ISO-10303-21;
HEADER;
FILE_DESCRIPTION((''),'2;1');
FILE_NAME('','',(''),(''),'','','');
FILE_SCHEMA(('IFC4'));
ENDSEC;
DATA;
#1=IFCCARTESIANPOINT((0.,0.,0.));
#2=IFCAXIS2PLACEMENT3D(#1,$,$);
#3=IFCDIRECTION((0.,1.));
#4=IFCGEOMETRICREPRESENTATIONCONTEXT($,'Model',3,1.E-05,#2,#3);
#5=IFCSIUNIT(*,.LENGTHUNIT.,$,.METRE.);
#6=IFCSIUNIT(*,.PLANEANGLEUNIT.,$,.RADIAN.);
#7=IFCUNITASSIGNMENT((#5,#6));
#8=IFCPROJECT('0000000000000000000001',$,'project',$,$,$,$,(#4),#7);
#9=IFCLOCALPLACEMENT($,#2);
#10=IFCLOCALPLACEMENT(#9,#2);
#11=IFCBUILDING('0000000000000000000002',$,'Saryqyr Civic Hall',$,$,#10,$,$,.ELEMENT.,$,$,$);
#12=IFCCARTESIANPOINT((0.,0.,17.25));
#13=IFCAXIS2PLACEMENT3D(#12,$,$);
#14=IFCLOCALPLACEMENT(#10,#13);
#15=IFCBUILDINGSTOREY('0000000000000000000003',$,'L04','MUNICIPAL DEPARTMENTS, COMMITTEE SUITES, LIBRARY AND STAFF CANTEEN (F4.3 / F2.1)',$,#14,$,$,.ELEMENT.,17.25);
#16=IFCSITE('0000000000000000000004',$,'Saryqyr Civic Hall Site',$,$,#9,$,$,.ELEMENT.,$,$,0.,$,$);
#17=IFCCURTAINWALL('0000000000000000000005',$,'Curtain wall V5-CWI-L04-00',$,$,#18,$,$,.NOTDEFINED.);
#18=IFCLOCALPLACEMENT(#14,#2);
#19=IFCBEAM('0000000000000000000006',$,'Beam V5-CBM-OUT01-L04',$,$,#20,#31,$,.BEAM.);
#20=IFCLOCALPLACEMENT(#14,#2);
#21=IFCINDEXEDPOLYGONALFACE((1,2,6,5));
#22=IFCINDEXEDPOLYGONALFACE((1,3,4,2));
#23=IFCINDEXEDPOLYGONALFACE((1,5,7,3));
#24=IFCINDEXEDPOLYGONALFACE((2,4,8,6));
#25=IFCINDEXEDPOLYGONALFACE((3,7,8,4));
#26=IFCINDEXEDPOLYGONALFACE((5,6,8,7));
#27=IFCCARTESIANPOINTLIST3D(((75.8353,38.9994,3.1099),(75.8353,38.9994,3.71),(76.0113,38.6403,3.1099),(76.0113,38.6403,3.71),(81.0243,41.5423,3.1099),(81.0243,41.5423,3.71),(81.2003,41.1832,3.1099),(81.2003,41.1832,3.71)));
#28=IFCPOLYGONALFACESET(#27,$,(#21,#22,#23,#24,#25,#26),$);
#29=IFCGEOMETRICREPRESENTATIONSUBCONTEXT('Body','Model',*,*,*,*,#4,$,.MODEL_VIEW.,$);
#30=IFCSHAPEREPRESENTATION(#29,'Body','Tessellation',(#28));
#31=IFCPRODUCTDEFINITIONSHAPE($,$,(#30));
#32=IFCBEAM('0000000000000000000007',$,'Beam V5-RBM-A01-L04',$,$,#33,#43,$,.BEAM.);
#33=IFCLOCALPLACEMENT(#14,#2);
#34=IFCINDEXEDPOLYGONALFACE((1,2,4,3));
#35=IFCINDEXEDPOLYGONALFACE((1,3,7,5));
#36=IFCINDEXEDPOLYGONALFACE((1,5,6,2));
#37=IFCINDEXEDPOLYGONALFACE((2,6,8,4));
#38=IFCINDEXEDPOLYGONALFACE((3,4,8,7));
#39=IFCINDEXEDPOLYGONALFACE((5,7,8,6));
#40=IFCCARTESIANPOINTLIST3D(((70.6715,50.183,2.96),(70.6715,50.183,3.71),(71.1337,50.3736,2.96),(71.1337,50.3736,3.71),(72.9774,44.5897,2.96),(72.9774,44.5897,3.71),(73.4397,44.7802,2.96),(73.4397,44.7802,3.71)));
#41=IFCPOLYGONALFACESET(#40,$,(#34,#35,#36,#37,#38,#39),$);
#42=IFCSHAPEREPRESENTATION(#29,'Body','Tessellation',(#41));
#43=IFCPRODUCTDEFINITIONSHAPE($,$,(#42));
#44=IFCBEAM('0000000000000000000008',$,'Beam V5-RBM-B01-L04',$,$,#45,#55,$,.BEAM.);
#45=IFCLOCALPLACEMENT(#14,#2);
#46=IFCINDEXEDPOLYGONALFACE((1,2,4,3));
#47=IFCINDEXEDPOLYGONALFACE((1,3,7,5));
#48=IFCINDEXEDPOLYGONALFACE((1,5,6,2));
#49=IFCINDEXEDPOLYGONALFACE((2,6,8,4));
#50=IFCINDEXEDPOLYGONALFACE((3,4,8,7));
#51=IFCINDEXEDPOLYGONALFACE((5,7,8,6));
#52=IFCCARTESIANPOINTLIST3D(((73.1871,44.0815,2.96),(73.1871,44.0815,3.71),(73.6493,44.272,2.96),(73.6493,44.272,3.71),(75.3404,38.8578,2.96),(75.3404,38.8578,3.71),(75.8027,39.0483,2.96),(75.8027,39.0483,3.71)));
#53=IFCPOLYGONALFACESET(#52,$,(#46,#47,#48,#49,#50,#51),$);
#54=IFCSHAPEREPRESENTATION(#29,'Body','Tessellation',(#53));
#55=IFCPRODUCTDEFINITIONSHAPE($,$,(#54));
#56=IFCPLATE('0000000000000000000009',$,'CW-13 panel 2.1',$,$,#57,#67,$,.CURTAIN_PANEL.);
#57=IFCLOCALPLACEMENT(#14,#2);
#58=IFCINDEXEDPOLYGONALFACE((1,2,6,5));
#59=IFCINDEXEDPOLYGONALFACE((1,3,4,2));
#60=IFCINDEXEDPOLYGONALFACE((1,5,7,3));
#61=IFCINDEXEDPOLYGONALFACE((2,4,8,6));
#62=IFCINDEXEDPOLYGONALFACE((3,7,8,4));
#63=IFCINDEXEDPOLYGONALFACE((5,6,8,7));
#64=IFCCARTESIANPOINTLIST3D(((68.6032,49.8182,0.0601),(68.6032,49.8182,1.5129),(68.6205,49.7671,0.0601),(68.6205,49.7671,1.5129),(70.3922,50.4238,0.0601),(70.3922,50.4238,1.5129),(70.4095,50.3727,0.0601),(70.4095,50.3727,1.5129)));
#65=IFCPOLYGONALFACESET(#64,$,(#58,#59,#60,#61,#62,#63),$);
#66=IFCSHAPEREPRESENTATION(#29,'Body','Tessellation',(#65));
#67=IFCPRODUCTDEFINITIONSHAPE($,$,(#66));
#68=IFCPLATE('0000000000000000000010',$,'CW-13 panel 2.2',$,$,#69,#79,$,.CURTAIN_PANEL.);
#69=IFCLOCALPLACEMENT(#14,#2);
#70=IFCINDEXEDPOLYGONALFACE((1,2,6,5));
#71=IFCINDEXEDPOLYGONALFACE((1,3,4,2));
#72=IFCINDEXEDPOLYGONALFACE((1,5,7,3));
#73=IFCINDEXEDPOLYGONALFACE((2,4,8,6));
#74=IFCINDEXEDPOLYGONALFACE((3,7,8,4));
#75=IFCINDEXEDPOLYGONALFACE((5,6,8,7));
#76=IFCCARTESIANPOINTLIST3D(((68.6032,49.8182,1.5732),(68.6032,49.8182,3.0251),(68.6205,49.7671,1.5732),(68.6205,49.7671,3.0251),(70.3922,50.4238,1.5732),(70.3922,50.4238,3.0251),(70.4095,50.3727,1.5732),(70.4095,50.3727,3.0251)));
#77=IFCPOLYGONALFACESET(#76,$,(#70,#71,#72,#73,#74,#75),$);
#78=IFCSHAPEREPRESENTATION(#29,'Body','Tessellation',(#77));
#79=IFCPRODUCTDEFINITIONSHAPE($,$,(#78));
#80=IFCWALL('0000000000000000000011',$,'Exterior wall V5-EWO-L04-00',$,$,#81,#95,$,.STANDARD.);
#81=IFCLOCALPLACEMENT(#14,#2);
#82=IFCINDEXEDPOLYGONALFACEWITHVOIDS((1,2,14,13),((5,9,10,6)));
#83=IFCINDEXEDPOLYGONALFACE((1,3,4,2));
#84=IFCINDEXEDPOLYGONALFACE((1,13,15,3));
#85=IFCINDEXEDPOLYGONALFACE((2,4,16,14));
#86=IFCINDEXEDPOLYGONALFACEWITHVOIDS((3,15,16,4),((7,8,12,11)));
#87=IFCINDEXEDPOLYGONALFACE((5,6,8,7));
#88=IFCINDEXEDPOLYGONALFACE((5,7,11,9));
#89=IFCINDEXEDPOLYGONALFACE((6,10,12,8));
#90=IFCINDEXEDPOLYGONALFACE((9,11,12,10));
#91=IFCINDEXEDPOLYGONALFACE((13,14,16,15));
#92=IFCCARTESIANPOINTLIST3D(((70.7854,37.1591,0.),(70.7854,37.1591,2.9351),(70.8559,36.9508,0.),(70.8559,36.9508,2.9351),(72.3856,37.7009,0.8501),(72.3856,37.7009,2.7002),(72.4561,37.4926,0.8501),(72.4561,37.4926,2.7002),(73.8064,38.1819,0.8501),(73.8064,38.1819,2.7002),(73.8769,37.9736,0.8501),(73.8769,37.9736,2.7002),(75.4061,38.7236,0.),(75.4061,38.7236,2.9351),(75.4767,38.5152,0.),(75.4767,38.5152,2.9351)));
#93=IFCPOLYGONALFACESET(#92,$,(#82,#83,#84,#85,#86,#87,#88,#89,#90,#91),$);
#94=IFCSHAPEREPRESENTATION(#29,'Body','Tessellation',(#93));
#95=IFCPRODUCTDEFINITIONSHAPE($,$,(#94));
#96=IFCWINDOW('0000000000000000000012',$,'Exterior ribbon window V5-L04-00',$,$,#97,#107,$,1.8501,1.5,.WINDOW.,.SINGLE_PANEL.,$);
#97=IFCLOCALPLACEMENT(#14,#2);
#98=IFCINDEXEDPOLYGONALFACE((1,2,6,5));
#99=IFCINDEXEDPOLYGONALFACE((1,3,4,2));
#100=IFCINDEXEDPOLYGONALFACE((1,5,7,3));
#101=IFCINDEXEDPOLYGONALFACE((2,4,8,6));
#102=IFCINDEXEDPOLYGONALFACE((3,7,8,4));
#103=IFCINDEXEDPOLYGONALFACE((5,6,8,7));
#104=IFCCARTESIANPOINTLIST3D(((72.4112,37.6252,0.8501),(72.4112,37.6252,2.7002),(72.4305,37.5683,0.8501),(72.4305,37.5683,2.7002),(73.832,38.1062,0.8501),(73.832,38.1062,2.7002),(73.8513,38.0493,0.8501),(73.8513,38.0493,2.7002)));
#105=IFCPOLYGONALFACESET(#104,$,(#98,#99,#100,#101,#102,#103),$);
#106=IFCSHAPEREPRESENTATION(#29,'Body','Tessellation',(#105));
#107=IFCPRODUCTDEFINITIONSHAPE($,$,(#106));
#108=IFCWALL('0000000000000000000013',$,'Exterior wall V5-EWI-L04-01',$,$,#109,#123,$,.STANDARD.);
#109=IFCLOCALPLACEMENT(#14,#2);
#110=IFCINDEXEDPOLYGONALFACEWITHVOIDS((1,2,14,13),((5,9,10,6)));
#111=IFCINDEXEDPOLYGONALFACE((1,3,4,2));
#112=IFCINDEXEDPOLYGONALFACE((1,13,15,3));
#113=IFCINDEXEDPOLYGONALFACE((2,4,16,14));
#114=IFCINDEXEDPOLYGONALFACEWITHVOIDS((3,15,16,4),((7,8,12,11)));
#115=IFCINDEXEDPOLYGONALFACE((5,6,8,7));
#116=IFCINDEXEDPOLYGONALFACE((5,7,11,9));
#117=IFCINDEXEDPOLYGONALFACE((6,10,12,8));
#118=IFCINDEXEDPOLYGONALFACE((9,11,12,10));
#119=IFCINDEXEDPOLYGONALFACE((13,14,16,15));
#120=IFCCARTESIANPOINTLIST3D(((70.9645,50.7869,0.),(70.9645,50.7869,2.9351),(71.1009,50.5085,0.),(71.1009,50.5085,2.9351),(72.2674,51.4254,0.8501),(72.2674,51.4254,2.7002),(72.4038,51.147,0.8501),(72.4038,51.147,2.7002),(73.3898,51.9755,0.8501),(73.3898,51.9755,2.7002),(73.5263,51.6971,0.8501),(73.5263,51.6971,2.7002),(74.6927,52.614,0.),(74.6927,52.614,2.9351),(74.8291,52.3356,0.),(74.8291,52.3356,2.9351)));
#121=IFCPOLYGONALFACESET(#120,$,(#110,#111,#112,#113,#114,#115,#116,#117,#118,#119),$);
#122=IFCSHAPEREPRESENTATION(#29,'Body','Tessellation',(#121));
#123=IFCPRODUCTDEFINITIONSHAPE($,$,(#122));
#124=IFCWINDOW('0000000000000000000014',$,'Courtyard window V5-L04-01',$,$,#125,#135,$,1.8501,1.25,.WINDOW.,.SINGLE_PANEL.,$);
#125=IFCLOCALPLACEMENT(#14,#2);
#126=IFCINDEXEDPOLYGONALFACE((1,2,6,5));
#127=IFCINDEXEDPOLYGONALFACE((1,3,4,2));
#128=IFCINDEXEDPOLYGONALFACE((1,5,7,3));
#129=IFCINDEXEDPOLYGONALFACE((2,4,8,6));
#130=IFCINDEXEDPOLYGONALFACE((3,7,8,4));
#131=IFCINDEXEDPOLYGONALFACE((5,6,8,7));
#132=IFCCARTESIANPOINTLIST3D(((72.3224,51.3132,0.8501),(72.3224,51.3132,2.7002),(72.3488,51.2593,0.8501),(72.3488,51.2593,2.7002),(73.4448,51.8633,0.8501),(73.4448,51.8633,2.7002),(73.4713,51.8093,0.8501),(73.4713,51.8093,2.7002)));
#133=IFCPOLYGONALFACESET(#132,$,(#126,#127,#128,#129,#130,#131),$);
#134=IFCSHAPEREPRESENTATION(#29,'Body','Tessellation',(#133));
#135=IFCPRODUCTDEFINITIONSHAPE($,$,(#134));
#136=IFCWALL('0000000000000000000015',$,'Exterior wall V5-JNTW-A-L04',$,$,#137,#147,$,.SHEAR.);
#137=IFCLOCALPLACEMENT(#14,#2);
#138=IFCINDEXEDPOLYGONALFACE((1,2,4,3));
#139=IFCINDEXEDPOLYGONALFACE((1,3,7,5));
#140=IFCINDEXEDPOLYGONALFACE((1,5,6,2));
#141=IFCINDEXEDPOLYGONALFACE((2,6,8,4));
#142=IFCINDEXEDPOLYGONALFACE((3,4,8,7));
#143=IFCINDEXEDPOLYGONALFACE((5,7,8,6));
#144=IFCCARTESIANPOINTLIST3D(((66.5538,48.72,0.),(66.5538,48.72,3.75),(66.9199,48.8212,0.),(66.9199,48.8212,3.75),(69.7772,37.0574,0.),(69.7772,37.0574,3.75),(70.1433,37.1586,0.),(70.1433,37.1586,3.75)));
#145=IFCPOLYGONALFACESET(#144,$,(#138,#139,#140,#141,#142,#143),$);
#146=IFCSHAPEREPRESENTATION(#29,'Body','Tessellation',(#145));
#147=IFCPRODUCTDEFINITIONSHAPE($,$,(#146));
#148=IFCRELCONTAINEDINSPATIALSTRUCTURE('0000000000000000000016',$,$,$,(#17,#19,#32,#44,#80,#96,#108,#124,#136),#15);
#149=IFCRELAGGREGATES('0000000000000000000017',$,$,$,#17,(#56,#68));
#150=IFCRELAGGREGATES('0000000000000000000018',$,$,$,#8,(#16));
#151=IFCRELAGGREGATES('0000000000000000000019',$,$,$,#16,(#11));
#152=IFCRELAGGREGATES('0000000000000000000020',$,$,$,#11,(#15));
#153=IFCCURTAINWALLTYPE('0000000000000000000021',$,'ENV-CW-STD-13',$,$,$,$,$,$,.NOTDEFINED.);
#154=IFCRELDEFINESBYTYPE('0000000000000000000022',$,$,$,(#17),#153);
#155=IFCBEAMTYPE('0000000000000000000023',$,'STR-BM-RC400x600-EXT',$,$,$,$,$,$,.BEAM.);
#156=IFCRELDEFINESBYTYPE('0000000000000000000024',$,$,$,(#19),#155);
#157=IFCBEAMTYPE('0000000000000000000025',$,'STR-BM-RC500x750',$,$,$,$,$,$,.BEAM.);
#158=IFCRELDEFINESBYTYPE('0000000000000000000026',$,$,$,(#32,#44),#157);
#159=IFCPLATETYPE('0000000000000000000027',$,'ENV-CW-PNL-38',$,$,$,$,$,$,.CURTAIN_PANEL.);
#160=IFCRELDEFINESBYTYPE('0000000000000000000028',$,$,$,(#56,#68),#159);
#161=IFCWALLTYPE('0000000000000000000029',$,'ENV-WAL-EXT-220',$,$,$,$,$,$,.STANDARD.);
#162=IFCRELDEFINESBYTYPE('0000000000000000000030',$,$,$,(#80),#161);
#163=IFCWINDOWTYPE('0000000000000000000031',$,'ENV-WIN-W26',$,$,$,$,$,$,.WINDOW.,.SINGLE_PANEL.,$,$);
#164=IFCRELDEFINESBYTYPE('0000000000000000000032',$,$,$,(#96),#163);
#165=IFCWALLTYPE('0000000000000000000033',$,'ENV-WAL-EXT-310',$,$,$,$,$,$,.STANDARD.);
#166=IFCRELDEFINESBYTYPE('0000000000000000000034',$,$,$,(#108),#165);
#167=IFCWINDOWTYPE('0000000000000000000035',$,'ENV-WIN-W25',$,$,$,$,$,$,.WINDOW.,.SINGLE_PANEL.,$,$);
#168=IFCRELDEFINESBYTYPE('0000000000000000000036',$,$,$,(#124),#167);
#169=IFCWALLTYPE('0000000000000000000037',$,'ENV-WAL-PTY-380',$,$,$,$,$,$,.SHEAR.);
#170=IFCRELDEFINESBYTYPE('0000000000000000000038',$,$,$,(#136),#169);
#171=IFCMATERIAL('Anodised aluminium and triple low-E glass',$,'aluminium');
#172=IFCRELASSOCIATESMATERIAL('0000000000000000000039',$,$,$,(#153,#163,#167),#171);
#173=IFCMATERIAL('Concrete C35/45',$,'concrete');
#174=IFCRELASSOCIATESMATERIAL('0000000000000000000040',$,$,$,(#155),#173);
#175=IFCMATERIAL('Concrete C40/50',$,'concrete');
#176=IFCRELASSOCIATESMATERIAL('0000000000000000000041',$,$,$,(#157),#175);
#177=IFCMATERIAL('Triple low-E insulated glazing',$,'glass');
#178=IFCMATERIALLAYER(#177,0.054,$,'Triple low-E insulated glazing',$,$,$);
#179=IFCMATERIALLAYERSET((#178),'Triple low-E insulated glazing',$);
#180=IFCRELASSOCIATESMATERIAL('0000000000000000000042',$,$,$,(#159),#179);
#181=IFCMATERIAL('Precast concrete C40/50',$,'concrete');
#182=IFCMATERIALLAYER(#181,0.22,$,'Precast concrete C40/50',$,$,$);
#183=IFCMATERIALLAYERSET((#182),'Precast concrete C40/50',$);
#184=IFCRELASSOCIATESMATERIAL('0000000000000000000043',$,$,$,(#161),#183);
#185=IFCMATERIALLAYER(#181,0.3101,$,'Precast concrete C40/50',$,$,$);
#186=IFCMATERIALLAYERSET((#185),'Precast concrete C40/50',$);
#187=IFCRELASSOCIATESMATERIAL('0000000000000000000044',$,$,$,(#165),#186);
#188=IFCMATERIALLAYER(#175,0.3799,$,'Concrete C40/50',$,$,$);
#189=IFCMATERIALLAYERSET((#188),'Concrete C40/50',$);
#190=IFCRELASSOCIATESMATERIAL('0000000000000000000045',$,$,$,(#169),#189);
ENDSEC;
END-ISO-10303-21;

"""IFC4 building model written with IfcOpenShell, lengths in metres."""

from ifc_helpers import new_model, si_unit, direction, frame, frame_2d, origin, origin_2d, place, context, subcontext, project, spatial, rectangle, extrude, material, layer, layer_set, material_profile, profile_set, type_object, element, fill, aggregate, save


model = new_model("IFC4")

# Units and contexts
model_context = context("Model", 3, precision=1e-05, world=origin(), true_north=direction((0.0, 1.0)))
body_context = subcontext(model_context, "Body", "Model", "MODEL_VIEW")
ifc_project = project(units=[si_unit("LENGTHUNIT", "METRE"), si_unit("PLANEANGLEUNIT", "RADIAN")], contexts=[model_context])

# Site, building, storey
site_placement = place(None, origin())
site = spatial("IfcSite", under=ifc_project, at=site_placement, Name="Saryqyr Civic Hall Site", CompositionType="ELEMENT", RefElevation=0.0)
building_placement = place(site_placement, origin())
building = spatial("IfcBuilding", under=site, at=building_placement, Name="Saryqyr Civic Hall", CompositionType="ELEMENT")
storey_placement = place(building_placement, frame((0.0, 0.0, 17.25)))
storey = spatial("IfcBuildingStorey", under=building, at=storey_placement, Name="L04", Description="MUNICIPAL DEPARTMENTS, COMMITTEE SUITES, LIBRARY AND STAFF CANTEEN (F4.3 / F2.1)", CompositionType="ELEMENT", Elevation=17.25)

# Shared definitions
ifc_material_1 = material(Name="Concrete C40/50", Category="concrete")
ifc_material_2 = material(Name="Concrete C35/45", Category="concrete")

# Curtain wall
ifc_material_3 = material(Name="Anodised aluminium and triple low-E glass", Category="aluminium")
curtain_wall_type = type_object("IfcCurtainWallType", Name="ENV-CW-STD-13", PredefinedType="NOTDEFINED", material=ifc_material_3)
curtain_wall_placement = place(storey_placement, origin())
curtain_wall = element("IfcCurtainWall", 1, at=curtain_wall_placement, inside=storey, type_object=curtain_wall_type, Name="Curtain wall V5-CWI-L04-00", PredefinedType="NOTDEFINED")

# Beams
ifc_material_profile_1 = material_profile(ifc_material_2, rectangle(XDim=0.3999, YDim=0.6001, at=origin_2d()), Name="RC 400x600")
ifc_profile_set_1 = profile_set([ifc_material_profile_1], Name="Concrete C35/45")
beam_type_1 = type_object("IfcBeamType", Name="STR-BM-RC400x600-EXT", PredefinedType="BEAM", material=ifc_profile_set_1)
beam_1_placement = place(storey_placement, frame((75.9233, 38.8198, 3.4099), z_axis=(0.897965, 0.440068, 0.0), x_axis=(-0.440068, 0.897965, 0.0)))
element("IfcBeam", 2, at=beam_1_placement, inside=storey, type_object=beam_type_1, Name="Beam V5-CBM-OUT01-L04", PredefinedType="BEAM", context=body_context, shape_type="SweptSolid", body=[
    extrude(rectangle(XDim=0.3999, YDim=0.6001, at=origin_2d()), origin(), (0.0, 0.0, 1.0), 5.7786),
])
ifc_material_profile_2 = material_profile(ifc_material_1, rectangle(XDim=0.5, YDim=0.75, at=origin_2d()), Name="RC 500x750")
ifc_profile_set_2 = profile_set([ifc_material_profile_2], Name="Concrete C40/50")
beam_type_2 = type_object("IfcBeamType", Name="STR-BM-RC500x750", PredefinedType="BEAM", material=ifc_profile_set_2)
beam_2_placement = place(storey_placement, frame((70.9026, 50.2783, 3.335), z_axis=(0.381146, -0.924515, 0.0), x_axis=(0.924515, 0.381146, 0.0)))
element("IfcBeam", 3, at=beam_2_placement, inside=storey, type_object=beam_type_2, Name="Beam V5-RBM-A01-L04", PredefinedType="BEAM", context=body_context, shape_type="SweptSolid", body=[
    extrude(rectangle(XDim=0.5, YDim=0.75, at=origin_2d()), origin(), (0.0, 0.0, 1.0), 6.05),
])
beam_3_placement = place(storey_placement, frame((73.4182, 44.1768, 3.335), z_axis=(0.381115, -0.924528, 0.0), x_axis=(0.924528, 0.381115, 0.0)))
element("IfcBeam", 4, at=beam_3_placement, inside=storey, type_object=beam_type_2, Name="Beam V5-RBM-B01-L04", PredefinedType="BEAM", context=body_context, shape_type="SweptSolid", body=[
    extrude(rectangle(XDim=0.5, YDim=0.75, at=origin_2d()), origin(), (0.0, 0.0, 1.0), 5.6501),
])

# Plates
ifc_material_4 = material(Name="Triple low-E insulated glazing", Category="glass")
ifc_layer_1 = layer(ifc_material_4, 0.054, Name="Triple low-E insulated glazing")
ifc_layer_set_1 = layer_set([ifc_layer_1], Name="Triple low-E insulated glazing")
plate_type = type_object("IfcPlateType", Name="ENV-CW-PNL-38", PredefinedType="CURTAIN_PANEL", material=ifc_layer_set_1)
plate_1_placement = place(storey_placement, frame((69.5063, 50.0955, 0.0601), z_axis=(0.0, 0.0, 1.0), x_axis=(0.947202, 0.320636, 0.0)))
plate_1 = element("IfcPlate", 5, at=plate_1_placement, type_object=plate_type, Name="CW-13 panel 2.1", PredefinedType="CURTAIN_PANEL", context=body_context, shape_type="SweptSolid", body=[
    extrude(rectangle(XDim=1.8887, YDim=0.054, at=origin_2d()), origin(), (0.0, 0.0, 1.0), 1.4529),
])
plate_2_placement = place(storey_placement, frame((69.5063, 50.0955, 1.5732), z_axis=(0.0, 0.0, 1.0), x_axis=(0.947202, 0.320636, 0.0)))
plate_2 = element("IfcPlate", 6, at=plate_2_placement, type_object=plate_type, Name="CW-13 panel 2.2", PredefinedType="CURTAIN_PANEL", context=body_context, shape_type="SweptSolid", body=[
    extrude(rectangle(XDim=1.8887, YDim=0.054, at=origin_2d()), origin(), (0.0, 0.0, 1.0), 1.4519),
])
aggregate(curtain_wall, [plate_1, plate_2])

# Walls, openings, windows
ifc_material_5 = material(Name="Precast concrete C40/50", Category="concrete")
ifc_layer_2 = layer(ifc_material_5, 0.22, Name="Precast concrete C40/50")
ifc_layer_set_2 = layer_set([ifc_layer_2], Name="Precast concrete C40/50")
wall_type_1 = type_object("IfcWallType", Name="ENV-WAL-EXT-220", PredefinedType="STANDARD", material=ifc_layer_set_2)
wall_1_placement = place(storey_placement, frame((75.4414, 38.6194, 0.0), z_axis=(0.0, 0.0, 1.0), x_axis=(-0.947187, -0.320683, 0.0)))
wall_1 = element("IfcWall", 7, at=wall_1_placement, inside=storey, type_object=wall_type_1, Name="Exterior wall V5-EWO-L04-00", PredefinedType="STANDARD", context=body_context, shape_type="SweptSolid", body=[
    extrude(rectangle(XDim=4.8784, YDim=0.22, at=frame_2d((2.4392, 0.0))), origin(), (0.0, 0.0, 1.0), 2.9351),
])
opening_1_placement = place(wall_1_placement, frame((1.689, 0.0, 0.8501)))
opening_1 = element("IfcOpeningElement", 8, at=opening_1_placement, cuts=wall_1, PredefinedType="OPENING", context=body_context, shape_type="SweptSolid", body=[
    extrude(rectangle(XDim=1.5, YDim=1.8501, at=frame_2d((0.75, 0.925))), frame((0.0, 0.1199, 0.0), z_axis=(0.0, -1.0, 0.0), x_axis=(1.0, 0.0, 0.0)), (0.0, 0.0, 1.0), 0.24),
])
window_type_1 = type_object("IfcWindowType", Name="ENV-WIN-W26", PartitioningType="SINGLE_PANEL", PredefinedType="WINDOW", material=ifc_material_3)
window_1_placement = place(opening_1_placement, origin())
window_1 = element("IfcWindow", 9, at=window_1_placement, inside=storey, type_object=window_type_1, Name="Exterior ribbon window V5-L04-00", OverallHeight=1.8501, OverallWidth=1.5, PartitioningType="SINGLE_PANEL", PredefinedType="WINDOW", context=body_context, shape_type="SweptSolid", body=[
    extrude(rectangle(XDim=1.5, YDim=1.8501, at=frame_2d((0.75, 0.925))), frame((0.0, 0.03, 0.0), z_axis=(0.0, -1.0, 0.0), x_axis=(1.0, 0.0, 0.0)), (0.0, 0.0, 1.0), 0.0601),
])
fill(opening_1, window_1)
ifc_layer_3 = layer(ifc_material_5, 0.3101, Name="Precast concrete C40/50")
ifc_layer_set_3 = layer_set([ifc_layer_3], Name="Precast concrete C40/50")
wall_type_2 = type_object("IfcWallType", Name="ENV-WAL-EXT-310", PredefinedType="STANDARD", material=ifc_layer_set_3)
wall_2_placement = place(storey_placement, frame((71.0327, 50.6477, 0.0), z_axis=(0.0, 0.0, 1.0), x_axis=(0.897962, 0.440073, 0.0)))
wall_2 = element("IfcWall", 10, at=wall_2_placement, inside=storey, type_object=wall_type_2, Name="Exterior wall V5-EWI-L04-01", PredefinedType="STANDARD", context=body_context, shape_type="SweptSolid", body=[
    extrude(rectangle(XDim=4.1519, YDim=0.3101, at=frame_2d((2.0759, 0.0))), origin(), (0.0, 0.0, 1.0), 2.9351),
])
opening_2_placement = place(wall_2_placement, frame((1.4509, 0.0, 0.8501)))
opening_2 = element("IfcOpeningElement", 11, at=opening_2_placement, cuts=wall_2, PredefinedType="OPENING", context=body_context, shape_type="SweptSolid", body=[
    extrude(rectangle(XDim=1.25, YDim=1.8501, at=frame_2d((0.625, 0.925))), frame((0.0, 0.165, 0.0), z_axis=(0.0, -1.0, 0.0), x_axis=(1.0, 0.0, 0.0)), (0.0, 0.0, 1.0), 0.3301),
])
window_type_2 = type_object("IfcWindowType", Name="ENV-WIN-W25", PartitioningType="SINGLE_PANEL", PredefinedType="WINDOW", material=ifc_material_3)
window_2_placement = place(opening_2_placement, origin())
window_2 = element("IfcWindow", 12, at=window_2_placement, inside=storey, type_object=window_type_2, Name="Courtyard window V5-L04-01", OverallHeight=1.8501, OverallWidth=1.25, PartitioningType="SINGLE_PANEL", PredefinedType="WINDOW", context=body_context, shape_type="SweptSolid", body=[
    extrude(rectangle(XDim=1.25, YDim=1.8501, at=frame_2d((0.625, 0.925))), frame((0.0, 0.03, 0.0), z_axis=(0.0, -1.0, 0.0), x_axis=(1.0, 0.0, 0.0)), (0.0, 0.0, 1.0), 0.0601),
])
fill(opening_2, window_2)

# Wall
ifc_layer_4 = layer(ifc_material_1, 0.3799, Name="Concrete C40/50")
ifc_layer_set_4 = layer_set([ifc_layer_4], Name="Concrete C40/50")
wall_type_3 = type_object("IfcWallType", Name="ENV-WAL-PTY-380", PredefinedType="SHEAR", material=ifc_layer_set_4)
wall_3_placement = place(storey_placement, frame((69.9602, 37.1082, 0.0), z_axis=(0.0, 0.0, 1.0), x_axis=(-0.266399, 0.963863, 0.0)))
element("IfcWall", 13, at=wall_3_placement, inside=storey, type_object=wall_type_3, Name="Exterior wall V5-JNTW-A-L04", PredefinedType="SHEAR", context=body_context, shape_type="SweptSolid", body=[
    extrude(rectangle(XDim=12.0999, YDim=0.3799, at=frame_2d((6.0498, 0.0))), origin(), (0.0, 0.0, 1.0), 3.75),
])

save(model, "model.ifc")
